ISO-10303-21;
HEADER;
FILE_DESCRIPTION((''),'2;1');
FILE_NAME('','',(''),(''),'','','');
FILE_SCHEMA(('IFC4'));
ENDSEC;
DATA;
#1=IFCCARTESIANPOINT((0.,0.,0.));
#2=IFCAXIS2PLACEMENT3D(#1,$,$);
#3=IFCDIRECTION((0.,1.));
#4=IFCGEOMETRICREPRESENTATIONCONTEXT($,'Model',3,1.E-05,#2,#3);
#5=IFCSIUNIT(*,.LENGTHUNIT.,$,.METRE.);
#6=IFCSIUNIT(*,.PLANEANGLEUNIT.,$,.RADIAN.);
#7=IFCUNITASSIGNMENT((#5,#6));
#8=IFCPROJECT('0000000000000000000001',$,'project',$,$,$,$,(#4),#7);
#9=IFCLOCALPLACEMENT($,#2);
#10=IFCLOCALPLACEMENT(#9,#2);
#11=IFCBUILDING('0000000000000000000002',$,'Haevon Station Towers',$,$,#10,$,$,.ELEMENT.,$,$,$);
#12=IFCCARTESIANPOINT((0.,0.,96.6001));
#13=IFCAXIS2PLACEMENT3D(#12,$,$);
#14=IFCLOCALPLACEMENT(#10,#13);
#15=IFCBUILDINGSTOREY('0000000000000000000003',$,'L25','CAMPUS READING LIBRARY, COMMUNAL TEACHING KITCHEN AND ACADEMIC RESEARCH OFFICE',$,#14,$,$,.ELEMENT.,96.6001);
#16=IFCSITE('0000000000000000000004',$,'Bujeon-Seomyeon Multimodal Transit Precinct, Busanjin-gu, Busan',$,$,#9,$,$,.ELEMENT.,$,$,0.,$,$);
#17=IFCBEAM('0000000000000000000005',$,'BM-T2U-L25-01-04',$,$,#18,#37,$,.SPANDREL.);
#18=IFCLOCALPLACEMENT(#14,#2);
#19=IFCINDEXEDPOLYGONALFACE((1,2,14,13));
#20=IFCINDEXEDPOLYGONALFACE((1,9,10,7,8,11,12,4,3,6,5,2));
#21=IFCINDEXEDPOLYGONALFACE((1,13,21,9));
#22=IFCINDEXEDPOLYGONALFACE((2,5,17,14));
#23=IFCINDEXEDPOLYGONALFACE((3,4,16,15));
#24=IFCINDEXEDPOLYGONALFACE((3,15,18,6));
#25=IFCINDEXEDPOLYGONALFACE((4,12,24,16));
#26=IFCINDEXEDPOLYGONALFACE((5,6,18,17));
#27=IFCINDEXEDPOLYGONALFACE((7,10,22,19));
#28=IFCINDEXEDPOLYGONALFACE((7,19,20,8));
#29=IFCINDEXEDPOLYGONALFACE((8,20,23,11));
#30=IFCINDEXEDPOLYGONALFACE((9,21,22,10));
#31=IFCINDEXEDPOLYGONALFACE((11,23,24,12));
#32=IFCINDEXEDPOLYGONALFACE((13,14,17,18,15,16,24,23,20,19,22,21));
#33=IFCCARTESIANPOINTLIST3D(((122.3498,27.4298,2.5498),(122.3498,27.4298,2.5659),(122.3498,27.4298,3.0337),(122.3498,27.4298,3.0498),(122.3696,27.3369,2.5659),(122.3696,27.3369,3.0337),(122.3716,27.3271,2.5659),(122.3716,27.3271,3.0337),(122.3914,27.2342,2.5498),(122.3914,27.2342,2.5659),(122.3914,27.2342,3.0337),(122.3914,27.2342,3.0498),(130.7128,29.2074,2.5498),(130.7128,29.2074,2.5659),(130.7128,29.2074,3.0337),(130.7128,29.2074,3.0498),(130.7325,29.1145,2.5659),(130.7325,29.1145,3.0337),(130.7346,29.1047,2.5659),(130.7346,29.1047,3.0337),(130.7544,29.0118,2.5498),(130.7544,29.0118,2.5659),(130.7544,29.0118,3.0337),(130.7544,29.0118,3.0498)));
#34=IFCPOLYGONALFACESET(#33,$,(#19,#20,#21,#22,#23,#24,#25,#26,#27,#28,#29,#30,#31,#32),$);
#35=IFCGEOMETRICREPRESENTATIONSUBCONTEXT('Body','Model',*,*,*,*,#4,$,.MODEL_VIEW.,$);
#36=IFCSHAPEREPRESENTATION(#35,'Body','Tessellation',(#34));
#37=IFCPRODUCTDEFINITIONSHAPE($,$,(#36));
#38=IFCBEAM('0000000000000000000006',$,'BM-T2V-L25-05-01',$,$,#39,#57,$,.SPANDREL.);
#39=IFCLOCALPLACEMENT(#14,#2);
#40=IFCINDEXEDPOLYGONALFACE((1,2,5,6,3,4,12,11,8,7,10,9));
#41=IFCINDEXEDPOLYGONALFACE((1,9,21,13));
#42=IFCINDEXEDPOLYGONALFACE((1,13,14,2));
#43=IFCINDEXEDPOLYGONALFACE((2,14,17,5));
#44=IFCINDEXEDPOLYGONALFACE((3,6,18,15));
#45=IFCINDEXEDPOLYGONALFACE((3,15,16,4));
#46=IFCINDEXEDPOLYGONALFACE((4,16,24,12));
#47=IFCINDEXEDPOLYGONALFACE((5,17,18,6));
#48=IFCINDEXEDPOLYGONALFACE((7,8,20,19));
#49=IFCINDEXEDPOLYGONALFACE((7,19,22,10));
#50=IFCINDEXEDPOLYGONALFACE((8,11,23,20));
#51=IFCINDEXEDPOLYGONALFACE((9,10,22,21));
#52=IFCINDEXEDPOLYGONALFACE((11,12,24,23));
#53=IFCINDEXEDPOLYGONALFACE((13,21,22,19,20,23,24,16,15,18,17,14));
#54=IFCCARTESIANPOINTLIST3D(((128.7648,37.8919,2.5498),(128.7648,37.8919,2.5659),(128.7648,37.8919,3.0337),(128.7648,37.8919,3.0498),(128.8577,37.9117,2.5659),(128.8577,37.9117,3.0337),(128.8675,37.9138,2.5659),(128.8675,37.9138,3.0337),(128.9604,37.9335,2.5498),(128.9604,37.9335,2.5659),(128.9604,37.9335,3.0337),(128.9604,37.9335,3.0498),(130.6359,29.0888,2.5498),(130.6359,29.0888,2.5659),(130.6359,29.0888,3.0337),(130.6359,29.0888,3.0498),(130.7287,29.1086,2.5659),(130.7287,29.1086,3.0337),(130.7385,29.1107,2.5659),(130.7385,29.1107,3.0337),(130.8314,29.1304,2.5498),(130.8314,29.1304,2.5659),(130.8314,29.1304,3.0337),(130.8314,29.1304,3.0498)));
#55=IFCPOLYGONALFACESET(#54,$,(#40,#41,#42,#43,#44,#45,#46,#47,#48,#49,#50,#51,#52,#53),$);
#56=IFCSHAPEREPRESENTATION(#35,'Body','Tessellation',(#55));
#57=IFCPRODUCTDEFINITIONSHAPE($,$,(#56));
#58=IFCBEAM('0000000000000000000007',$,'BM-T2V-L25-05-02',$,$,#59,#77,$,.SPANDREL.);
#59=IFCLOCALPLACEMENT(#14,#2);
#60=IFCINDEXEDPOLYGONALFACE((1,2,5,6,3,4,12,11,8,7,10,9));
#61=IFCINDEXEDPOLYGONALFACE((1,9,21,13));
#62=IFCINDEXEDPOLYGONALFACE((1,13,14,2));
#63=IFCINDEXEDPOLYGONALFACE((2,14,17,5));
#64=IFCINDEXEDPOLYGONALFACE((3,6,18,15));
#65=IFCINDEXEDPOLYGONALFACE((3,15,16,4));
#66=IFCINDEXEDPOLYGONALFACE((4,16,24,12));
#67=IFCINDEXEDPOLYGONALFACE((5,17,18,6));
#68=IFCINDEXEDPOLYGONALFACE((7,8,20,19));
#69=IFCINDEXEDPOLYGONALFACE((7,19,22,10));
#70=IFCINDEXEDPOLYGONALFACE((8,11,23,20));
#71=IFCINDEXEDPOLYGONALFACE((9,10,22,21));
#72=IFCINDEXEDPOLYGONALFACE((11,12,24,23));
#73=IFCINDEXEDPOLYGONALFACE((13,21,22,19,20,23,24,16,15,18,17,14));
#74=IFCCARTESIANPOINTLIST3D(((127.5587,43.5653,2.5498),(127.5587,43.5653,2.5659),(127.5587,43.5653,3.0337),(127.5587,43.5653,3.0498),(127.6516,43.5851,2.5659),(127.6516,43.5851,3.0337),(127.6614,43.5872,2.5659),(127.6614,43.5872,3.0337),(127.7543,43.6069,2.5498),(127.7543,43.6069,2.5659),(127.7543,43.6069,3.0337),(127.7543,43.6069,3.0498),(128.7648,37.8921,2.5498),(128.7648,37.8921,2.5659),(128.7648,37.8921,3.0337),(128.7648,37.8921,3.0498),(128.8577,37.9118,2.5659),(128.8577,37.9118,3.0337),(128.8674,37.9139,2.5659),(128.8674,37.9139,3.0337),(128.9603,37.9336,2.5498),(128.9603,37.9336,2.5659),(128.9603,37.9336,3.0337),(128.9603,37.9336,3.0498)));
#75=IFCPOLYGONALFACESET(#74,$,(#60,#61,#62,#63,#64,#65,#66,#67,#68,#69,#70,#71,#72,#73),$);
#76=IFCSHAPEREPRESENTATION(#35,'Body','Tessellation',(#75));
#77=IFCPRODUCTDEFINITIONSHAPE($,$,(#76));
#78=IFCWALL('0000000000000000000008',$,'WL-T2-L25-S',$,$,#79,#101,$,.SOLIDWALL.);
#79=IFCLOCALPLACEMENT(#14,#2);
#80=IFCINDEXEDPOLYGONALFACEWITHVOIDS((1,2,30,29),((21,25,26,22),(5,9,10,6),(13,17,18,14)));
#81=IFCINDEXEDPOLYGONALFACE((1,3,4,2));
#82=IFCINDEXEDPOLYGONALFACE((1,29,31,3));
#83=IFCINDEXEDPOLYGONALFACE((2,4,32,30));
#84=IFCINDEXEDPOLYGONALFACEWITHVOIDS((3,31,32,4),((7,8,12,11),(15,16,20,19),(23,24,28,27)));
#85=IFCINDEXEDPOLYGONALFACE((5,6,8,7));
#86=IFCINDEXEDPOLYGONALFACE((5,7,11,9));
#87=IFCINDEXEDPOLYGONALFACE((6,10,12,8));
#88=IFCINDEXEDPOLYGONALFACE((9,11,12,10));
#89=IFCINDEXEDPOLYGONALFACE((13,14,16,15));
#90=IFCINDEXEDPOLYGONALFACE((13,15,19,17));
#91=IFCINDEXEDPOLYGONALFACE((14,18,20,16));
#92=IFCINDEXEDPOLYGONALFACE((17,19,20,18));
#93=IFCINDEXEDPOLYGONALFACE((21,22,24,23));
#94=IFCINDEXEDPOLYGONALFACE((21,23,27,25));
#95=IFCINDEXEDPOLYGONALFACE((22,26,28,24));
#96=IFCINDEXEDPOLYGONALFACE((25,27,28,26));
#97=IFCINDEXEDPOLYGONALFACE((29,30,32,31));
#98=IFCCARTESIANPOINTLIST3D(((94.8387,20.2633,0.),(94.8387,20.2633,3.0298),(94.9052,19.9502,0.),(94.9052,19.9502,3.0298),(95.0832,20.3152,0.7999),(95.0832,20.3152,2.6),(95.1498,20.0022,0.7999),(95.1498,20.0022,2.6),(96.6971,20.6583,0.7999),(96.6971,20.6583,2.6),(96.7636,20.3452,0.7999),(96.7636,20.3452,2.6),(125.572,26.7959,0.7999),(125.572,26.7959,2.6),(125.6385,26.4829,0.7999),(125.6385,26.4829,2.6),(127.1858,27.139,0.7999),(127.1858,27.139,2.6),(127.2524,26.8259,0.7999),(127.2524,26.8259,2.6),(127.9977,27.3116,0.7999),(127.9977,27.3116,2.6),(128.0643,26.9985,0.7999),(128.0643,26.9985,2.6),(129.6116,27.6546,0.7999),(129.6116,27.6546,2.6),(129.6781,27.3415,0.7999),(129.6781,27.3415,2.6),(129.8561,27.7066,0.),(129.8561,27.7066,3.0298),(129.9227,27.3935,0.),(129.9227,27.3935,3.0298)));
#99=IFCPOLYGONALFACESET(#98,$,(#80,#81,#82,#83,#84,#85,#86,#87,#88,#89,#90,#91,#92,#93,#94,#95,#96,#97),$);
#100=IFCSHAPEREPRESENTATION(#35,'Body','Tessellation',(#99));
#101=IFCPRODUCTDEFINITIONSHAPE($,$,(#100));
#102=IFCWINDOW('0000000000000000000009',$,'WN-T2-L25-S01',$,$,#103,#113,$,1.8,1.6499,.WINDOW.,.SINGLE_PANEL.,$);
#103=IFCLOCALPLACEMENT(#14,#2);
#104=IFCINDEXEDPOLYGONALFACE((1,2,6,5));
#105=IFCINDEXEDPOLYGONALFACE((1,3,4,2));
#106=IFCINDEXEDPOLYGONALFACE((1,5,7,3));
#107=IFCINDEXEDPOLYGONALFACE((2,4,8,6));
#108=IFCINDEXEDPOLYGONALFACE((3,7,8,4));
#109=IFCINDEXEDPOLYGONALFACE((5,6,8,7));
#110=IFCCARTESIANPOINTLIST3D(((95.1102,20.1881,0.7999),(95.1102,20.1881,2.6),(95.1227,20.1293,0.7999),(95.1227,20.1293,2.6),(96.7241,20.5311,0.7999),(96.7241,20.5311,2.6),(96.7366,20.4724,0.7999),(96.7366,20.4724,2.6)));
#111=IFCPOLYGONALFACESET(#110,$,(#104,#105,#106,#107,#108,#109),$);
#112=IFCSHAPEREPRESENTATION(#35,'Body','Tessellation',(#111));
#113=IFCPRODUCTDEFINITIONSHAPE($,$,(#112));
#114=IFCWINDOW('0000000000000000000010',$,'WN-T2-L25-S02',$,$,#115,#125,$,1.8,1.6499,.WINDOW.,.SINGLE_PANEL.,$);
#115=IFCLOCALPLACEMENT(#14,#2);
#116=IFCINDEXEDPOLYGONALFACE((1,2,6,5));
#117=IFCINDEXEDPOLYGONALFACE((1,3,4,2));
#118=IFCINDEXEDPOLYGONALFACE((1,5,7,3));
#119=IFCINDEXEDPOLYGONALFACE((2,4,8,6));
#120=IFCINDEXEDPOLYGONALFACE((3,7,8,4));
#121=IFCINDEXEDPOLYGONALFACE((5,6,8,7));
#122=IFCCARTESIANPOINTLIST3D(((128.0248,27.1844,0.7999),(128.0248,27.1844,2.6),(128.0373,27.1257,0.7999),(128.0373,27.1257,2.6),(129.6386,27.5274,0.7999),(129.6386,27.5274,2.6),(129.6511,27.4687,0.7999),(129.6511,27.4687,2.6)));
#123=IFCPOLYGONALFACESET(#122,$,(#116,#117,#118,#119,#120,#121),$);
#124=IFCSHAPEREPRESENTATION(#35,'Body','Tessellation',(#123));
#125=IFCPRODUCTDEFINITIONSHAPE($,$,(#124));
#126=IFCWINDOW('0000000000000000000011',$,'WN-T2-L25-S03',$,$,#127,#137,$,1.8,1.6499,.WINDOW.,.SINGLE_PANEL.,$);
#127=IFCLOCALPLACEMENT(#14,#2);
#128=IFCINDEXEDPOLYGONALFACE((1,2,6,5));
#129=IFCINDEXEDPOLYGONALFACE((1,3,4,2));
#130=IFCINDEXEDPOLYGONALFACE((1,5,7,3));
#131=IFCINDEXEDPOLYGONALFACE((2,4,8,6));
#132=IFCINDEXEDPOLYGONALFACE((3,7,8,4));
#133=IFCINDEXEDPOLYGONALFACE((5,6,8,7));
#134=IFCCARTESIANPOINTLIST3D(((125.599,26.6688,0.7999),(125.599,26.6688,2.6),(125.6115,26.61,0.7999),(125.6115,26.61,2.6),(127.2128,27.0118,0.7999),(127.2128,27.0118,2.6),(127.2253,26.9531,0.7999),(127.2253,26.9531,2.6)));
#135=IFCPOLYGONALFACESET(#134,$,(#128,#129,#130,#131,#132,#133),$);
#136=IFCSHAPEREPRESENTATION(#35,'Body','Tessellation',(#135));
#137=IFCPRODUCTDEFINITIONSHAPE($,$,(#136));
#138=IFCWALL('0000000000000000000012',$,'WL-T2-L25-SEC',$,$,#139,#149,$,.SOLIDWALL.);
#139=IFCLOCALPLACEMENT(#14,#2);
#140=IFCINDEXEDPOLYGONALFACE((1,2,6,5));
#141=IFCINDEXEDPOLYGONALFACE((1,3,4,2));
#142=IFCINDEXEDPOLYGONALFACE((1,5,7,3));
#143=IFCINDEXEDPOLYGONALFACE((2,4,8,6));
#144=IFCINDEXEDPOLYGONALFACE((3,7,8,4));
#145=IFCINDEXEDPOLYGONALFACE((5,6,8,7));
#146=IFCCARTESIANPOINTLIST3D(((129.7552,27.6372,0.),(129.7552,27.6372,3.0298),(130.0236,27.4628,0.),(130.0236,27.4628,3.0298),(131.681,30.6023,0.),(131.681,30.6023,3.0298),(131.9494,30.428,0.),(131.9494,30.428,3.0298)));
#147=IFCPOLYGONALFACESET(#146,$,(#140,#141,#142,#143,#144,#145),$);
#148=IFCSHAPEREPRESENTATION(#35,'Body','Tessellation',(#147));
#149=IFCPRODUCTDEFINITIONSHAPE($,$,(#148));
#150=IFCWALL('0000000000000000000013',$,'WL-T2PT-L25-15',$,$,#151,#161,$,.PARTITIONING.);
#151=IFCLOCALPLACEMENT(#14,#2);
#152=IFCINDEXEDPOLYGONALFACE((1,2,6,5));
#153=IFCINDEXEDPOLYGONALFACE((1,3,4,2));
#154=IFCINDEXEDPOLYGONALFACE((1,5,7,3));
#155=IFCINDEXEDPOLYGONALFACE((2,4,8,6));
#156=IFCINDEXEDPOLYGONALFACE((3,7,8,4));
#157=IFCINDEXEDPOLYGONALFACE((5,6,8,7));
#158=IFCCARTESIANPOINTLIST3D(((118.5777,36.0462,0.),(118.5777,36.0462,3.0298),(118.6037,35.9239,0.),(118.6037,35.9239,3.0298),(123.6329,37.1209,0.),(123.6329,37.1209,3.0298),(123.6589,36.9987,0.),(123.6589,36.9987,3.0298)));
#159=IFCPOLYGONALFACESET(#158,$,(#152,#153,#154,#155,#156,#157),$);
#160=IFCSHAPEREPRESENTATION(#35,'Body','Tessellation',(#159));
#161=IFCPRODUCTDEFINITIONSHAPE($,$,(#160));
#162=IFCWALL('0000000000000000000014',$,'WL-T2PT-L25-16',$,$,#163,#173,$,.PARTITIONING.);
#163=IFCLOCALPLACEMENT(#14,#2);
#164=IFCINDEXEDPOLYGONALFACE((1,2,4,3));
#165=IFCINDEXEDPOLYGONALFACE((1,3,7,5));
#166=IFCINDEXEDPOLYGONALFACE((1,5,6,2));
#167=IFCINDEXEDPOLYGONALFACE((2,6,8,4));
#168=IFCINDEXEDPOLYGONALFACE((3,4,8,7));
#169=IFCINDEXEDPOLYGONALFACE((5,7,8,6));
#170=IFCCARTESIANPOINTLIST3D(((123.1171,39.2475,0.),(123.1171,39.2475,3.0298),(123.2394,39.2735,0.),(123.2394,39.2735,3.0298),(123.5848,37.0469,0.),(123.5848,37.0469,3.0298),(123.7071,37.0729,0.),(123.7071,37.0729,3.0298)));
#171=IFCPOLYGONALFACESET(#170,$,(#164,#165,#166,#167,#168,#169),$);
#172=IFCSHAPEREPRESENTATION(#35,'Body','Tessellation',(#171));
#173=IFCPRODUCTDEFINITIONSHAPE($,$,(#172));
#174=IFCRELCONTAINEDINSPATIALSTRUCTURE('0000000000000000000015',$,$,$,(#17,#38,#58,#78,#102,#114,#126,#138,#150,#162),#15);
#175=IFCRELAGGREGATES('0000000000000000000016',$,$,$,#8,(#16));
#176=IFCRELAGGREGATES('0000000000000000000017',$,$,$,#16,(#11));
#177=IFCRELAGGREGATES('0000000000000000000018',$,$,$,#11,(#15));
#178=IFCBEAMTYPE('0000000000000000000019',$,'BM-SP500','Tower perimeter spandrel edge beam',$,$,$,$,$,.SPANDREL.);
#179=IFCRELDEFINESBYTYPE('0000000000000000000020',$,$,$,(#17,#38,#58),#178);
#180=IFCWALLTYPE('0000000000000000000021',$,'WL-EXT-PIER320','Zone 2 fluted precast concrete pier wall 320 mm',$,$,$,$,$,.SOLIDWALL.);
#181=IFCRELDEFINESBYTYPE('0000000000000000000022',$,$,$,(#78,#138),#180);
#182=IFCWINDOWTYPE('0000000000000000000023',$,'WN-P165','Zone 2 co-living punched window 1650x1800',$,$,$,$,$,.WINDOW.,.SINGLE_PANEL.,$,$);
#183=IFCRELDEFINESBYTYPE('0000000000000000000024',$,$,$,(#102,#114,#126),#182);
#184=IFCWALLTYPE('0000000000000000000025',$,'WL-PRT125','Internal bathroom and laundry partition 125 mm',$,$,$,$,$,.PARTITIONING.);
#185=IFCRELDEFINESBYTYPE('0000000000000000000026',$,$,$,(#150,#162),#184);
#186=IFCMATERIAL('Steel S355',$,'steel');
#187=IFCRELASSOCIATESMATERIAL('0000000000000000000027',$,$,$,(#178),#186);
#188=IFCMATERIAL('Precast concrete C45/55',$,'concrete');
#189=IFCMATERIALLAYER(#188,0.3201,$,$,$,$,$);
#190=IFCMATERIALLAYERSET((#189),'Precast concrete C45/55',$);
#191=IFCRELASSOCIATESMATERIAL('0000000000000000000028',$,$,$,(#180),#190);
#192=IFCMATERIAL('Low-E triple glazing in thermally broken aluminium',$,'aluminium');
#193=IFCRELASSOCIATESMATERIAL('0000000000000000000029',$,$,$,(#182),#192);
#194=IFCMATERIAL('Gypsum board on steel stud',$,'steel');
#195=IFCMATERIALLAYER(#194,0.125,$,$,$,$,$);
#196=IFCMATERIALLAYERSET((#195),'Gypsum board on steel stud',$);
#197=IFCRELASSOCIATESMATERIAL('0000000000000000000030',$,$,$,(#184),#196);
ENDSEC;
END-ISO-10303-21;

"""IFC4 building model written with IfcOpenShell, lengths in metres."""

from ifc_helpers import new_model, si_unit, direction, frame, frame_2d, origin, origin_2d, place, context, subcontext, project, spatial, rectangle, i_section, extrude, material, layer, layer_set, material_profile, profile_set, type_object, element, fill, save


model = new_model("IFC4")

# Units and contexts
model_context = context("Model", 3, precision=1e-05, world=origin(), true_north=direction((0.0, 1.0)))
body_context = subcontext(model_context, "Body", "Model", "MODEL_VIEW")
ifc_project = project(units=[si_unit("LENGTHUNIT", "METRE"), si_unit("PLANEANGLEUNIT", "RADIAN")], contexts=[model_context])

# Site, building, storey
site_placement = place(None, origin())
site = spatial("IfcSite", under=ifc_project, at=site_placement, Name="Bujeon-Seomyeon Multimodal Transit Precinct, Busanjin-gu, Busan", CompositionType="ELEMENT", RefElevation=0.0)
building_placement = place(site_placement, origin())
building = spatial("IfcBuilding", under=site, at=building_placement, Name="Haevon Station Towers", CompositionType="ELEMENT")
storey_placement = place(building_placement, frame((0.0, 0.0, 96.6001)))
storey = spatial("IfcBuildingStorey", under=building, at=storey_placement, Name="L25", Description="CAMPUS READING LIBRARY, COMMUNAL TEACHING KITCHEN AND ACADEMIC RESEARCH OFFICE", CompositionType="ELEMENT", Elevation=96.6001)

# Beams
ifc_material_1 = material(Name="Steel S355", Category="steel")
ifc_material_profile_1 = material_profile(ifc_material_1, i_section(OverallWidth=0.2, OverallDepth=0.5, WebThickness=0.01, FlangeThickness=0.0161, at=origin_2d()), Name="H-500x200x10x16")
ifc_profile_set_1 = profile_set([ifc_material_profile_1], Name="Steel S355")
beam_type_1 = type_object("IfcBeamType", Name="BM-SP500", Description="Tower perimeter spandrel edge beam", PredefinedType="SPANDREL", material=ifc_profile_set_1)
beam_1_placement = place(storey_placement, frame((122.3706, 27.332, 2.7998), z_axis=(0.978148, 0.207908, 0.0), x_axis=(-0.207908, 0.978148, 0.0)))
element("IfcBeam", 1, at=beam_1_placement, inside=storey, type_object=beam_type_1, Name="BM-T2U-L25-01-04", PredefinedType="SPANDREL", context=body_context, shape_type="SweptSolid", body=[
    extrude(i_section(OverallWidth=0.2, OverallDepth=0.5, WebThickness=0.01, FlangeThickness=0.0161, at=origin_2d()), origin(), (0.0, 0.0, 1.0), 8.5498),
])
beam_2_placement = place(storey_placement, frame((130.7336, 29.1096, 2.7998), z_axis=(-0.207902, 0.97815, 0.0), x_axis=(-0.97815, -0.207902, 0.0)))
element("IfcBeam", 2, at=beam_2_placement, inside=storey, type_object=beam_type_1, Name="BM-T2V-L25-05-01", PredefinedType="SPANDREL", context=body_context, shape_type="SweptSolid", body=[
    extrude(i_section(OverallWidth=0.2, OverallDepth=0.5, WebThickness=0.01, FlangeThickness=0.0161, at=origin_2d()), origin(), (0.0, 0.0, 1.0), 8.9998),
])
beam_3_placement = place(storey_placement, frame((128.8625, 37.9128, 2.7998), z_axis=(-0.207936, 0.978142, 0.0), x_axis=(-0.978142, -0.207936, 0.0)))
element("IfcBeam", 3, at=beam_3_placement, inside=storey, type_object=beam_type_1, Name="BM-T2V-L25-05-02", PredefinedType="SPANDREL", context=body_context, shape_type="SweptSolid", body=[
    extrude(i_section(OverallWidth=0.2, OverallDepth=0.5, WebThickness=0.01, FlangeThickness=0.0161, at=origin_2d()), origin(), (0.0, 0.0, 1.0), 5.8),
])

# Wall, openings, windows
ifc_material_2 = material(Name="Precast concrete C45/55", Category="concrete")
ifc_layer_1 = layer(ifc_material_2, 0.3201)
ifc_layer_set_1 = layer_set([ifc_layer_1], Name="Precast concrete C45/55")
wall_type_1 = type_object("IfcWallType", Name="WL-EXT-PIER320", Description="Zone 2 fluted precast concrete pier wall 320 mm", PredefinedType="SOLIDWALL", material=ifc_layer_set_1)
wall_1_placement = place(storey_placement, frame((129.8894, 27.55, 0.0), z_axis=(0.0, 0.0, 1.0), x_axis=(-0.978147, -0.207916, 0.0)))
wall_1 = element("IfcWall", 4, at=wall_1_placement, inside=storey, type_object=wall_type_1, Name="WL-T2-L25-S", PredefinedType="SOLIDWALL", context=body_context, shape_type="SweptSolid", body=[
    extrude(rectangle(XDim=35.7998, YDim=0.3201, at=frame_2d((17.8999, 0.0))), origin(), (0.0, 0.0, 1.0), 3.0298),
])
opening_1_placement = place(wall_1_placement, frame((33.8999, 0.0, 0.8)))
opening_1 = element("IfcOpeningElement", 5, at=opening_1_placement, cuts=wall_1, PredefinedType="OPENING", context=body_context, shape_type="SweptSolid", body=[
    extrude(rectangle(XDim=1.6499, YDim=1.8, at=frame_2d((0.825, 0.8999))), frame((0.0, 0.1699, 0.0), z_axis=(0.0, -1.0, 0.0), x_axis=(1.0, 0.0, 0.0)), (0.0, 0.0, 1.0), 0.3401),
])
opening_2_placement = place(wall_1_placement, frame((0.25, 0.0, 0.8)))
opening_2 = element("IfcOpeningElement", 6, at=opening_2_placement, cuts=wall_1, PredefinedType="OPENING", context=body_context, shape_type="SweptSolid", body=[
    extrude(rectangle(XDim=1.6499, YDim=1.8, at=frame_2d((0.825, 0.8999))), frame((0.0, 0.1699, 0.0), z_axis=(0.0, -1.0, 0.0), x_axis=(1.0, 0.0, 0.0)), (0.0, 0.0, 1.0), 0.3401),
])
opening_3_placement = place(wall_1_placement, frame((2.73, 0.0, 0.8)))
opening_3 = element("IfcOpeningElement", 7, at=opening_3_placement, cuts=wall_1, PredefinedType="OPENING", context=body_context, shape_type="SweptSolid", body=[
    extrude(rectangle(XDim=1.6499, YDim=1.8, at=frame_2d((0.825, 0.8999))), frame((0.0, 0.1699, 0.0), z_axis=(0.0, -1.0, 0.0), x_axis=(1.0, 0.0, 0.0)), (0.0, 0.0, 1.0), 0.3401),
])
ifc_material_3 = material(Name="Low-E triple glazing in thermally broken aluminium", Category="aluminium")
window_type = type_object("IfcWindowType", Name="WN-P165", Description="Zone 2 co-living punched window 1650x1800", PartitioningType="SINGLE_PANEL", PredefinedType="WINDOW", material=ifc_material_3)
window_1_placement = place(opening_1_placement, origin())
window_1 = element("IfcWindow", 8, at=window_1_placement, inside=storey, type_object=window_type, Name="WN-T2-L25-S01", OverallHeight=1.8, OverallWidth=1.6499, PartitioningType="SINGLE_PANEL", PredefinedType="WINDOW", context=body_context, shape_type="SweptSolid", body=[
    extrude(rectangle(XDim=1.6499, YDim=1.8, at=frame_2d((0.825, 0.8999))), frame((0.0, 0.03, 0.0), z_axis=(0.0, -1.0, 0.0), x_axis=(1.0, 0.0, 0.0)), (0.0, 0.0, 1.0), 0.0601),
])
fill(opening_1, window_1)
window_2_placement = place(opening_2_placement, origin())
window_2 = element("IfcWindow", 9, at=window_2_placement, inside=storey, type_object=window_type, Name="WN-T2-L25-S02", OverallHeight=1.8, OverallWidth=1.6499, PartitioningType="SINGLE_PANEL", PredefinedType="WINDOW", context=body_context, shape_type="SweptSolid", body=[
    extrude(rectangle(XDim=1.6499, YDim=1.8, at=frame_2d((0.825, 0.8999))), frame((0.0, 0.03, 0.0), z_axis=(0.0, -1.0, 0.0), x_axis=(1.0, 0.0, 0.0)), (0.0, 0.0, 1.0), 0.0601),
])
fill(opening_2, window_2)
window_3_placement = place(opening_3_placement, origin())
window_3 = element("IfcWindow", 10, at=window_3_placement, inside=storey, type_object=window_type, Name="WN-T2-L25-S03", OverallHeight=1.8, OverallWidth=1.6499, PartitioningType="SINGLE_PANEL", PredefinedType="WINDOW", context=body_context, shape_type="SweptSolid", body=[
    extrude(rectangle(XDim=1.6499, YDim=1.8, at=frame_2d((0.825, 0.8999))), frame((0.0, 0.03, 0.0), z_axis=(0.0, -1.0, 0.0), x_axis=(1.0, 0.0, 0.0)), (0.0, 0.0, 1.0), 0.0601),
])
fill(opening_3, window_3)

# Walls
wall_2_placement = place(storey_placement, frame((131.8152, 30.5151, 0.0), z_axis=(0.0, 0.0, 1.0), x_axis=(-0.544685, -0.838641, 0.0)))
element("IfcWall", 11, at=wall_2_placement, inside=storey, type_object=wall_type_1, Name="WL-T2-L25-SEC", PredefinedType="SOLIDWALL", context=body_context, shape_type="SweptSolid", body=[
    extrude(rectangle(XDim=3.5356, YDim=0.3201, at=frame_2d((1.7678, 0.0))), origin(), (0.0, 0.0, 1.0), 3.0298),
])
ifc_material_4 = material(Name="Gypsum board on steel stud", Category="steel")
ifc_layer_2 = layer(ifc_material_4, 0.125)
ifc_layer_set_2 = layer_set([ifc_layer_2], Name="Gypsum board on steel stud")
wall_type_2 = type_object("IfcWallType", Name="WL-PRT125", Description="Internal bathroom and laundry partition 125 mm", PredefinedType="PARTITIONING", material=ifc_layer_set_2)
wall_3_placement = place(storey_placement, frame((118.5908, 35.9851, 0.0), z_axis=(0.0, 0.0, 1.0), x_axis=(0.97814, 0.207948, 0.0)))
element("IfcWall", 12, at=wall_3_placement, inside=storey, type_object=wall_type_2, Name="WL-T2PT-L25-15", PredefinedType="PARTITIONING", context=body_context, shape_type="SweptSolid", body=[
    extrude(rectangle(XDim=5.1682, YDim=0.125, at=frame_2d((2.584, 0.0))), origin(), (0.0, 0.0, 1.0), 3.0298),
])
wall_4_placement = place(storey_placement, frame((123.646, 37.0598, 0.0), z_axis=(0.0, 0.0, 1.0), x_axis=(-0.207913, 0.978147, 0.0)))
element("IfcWall", 13, at=wall_4_placement, inside=storey, type_object=wall_type_2, Name="WL-T2PT-L25-16", PredefinedType="PARTITIONING", context=body_context, shape_type="SweptSolid", body=[
    extrude(rectangle(XDim=2.2498, YDim=0.125, at=frame_2d((1.125, 0.0))), origin(), (0.0, 0.0, 1.0), 3.0298),
])

save(model, "model.ifc")
